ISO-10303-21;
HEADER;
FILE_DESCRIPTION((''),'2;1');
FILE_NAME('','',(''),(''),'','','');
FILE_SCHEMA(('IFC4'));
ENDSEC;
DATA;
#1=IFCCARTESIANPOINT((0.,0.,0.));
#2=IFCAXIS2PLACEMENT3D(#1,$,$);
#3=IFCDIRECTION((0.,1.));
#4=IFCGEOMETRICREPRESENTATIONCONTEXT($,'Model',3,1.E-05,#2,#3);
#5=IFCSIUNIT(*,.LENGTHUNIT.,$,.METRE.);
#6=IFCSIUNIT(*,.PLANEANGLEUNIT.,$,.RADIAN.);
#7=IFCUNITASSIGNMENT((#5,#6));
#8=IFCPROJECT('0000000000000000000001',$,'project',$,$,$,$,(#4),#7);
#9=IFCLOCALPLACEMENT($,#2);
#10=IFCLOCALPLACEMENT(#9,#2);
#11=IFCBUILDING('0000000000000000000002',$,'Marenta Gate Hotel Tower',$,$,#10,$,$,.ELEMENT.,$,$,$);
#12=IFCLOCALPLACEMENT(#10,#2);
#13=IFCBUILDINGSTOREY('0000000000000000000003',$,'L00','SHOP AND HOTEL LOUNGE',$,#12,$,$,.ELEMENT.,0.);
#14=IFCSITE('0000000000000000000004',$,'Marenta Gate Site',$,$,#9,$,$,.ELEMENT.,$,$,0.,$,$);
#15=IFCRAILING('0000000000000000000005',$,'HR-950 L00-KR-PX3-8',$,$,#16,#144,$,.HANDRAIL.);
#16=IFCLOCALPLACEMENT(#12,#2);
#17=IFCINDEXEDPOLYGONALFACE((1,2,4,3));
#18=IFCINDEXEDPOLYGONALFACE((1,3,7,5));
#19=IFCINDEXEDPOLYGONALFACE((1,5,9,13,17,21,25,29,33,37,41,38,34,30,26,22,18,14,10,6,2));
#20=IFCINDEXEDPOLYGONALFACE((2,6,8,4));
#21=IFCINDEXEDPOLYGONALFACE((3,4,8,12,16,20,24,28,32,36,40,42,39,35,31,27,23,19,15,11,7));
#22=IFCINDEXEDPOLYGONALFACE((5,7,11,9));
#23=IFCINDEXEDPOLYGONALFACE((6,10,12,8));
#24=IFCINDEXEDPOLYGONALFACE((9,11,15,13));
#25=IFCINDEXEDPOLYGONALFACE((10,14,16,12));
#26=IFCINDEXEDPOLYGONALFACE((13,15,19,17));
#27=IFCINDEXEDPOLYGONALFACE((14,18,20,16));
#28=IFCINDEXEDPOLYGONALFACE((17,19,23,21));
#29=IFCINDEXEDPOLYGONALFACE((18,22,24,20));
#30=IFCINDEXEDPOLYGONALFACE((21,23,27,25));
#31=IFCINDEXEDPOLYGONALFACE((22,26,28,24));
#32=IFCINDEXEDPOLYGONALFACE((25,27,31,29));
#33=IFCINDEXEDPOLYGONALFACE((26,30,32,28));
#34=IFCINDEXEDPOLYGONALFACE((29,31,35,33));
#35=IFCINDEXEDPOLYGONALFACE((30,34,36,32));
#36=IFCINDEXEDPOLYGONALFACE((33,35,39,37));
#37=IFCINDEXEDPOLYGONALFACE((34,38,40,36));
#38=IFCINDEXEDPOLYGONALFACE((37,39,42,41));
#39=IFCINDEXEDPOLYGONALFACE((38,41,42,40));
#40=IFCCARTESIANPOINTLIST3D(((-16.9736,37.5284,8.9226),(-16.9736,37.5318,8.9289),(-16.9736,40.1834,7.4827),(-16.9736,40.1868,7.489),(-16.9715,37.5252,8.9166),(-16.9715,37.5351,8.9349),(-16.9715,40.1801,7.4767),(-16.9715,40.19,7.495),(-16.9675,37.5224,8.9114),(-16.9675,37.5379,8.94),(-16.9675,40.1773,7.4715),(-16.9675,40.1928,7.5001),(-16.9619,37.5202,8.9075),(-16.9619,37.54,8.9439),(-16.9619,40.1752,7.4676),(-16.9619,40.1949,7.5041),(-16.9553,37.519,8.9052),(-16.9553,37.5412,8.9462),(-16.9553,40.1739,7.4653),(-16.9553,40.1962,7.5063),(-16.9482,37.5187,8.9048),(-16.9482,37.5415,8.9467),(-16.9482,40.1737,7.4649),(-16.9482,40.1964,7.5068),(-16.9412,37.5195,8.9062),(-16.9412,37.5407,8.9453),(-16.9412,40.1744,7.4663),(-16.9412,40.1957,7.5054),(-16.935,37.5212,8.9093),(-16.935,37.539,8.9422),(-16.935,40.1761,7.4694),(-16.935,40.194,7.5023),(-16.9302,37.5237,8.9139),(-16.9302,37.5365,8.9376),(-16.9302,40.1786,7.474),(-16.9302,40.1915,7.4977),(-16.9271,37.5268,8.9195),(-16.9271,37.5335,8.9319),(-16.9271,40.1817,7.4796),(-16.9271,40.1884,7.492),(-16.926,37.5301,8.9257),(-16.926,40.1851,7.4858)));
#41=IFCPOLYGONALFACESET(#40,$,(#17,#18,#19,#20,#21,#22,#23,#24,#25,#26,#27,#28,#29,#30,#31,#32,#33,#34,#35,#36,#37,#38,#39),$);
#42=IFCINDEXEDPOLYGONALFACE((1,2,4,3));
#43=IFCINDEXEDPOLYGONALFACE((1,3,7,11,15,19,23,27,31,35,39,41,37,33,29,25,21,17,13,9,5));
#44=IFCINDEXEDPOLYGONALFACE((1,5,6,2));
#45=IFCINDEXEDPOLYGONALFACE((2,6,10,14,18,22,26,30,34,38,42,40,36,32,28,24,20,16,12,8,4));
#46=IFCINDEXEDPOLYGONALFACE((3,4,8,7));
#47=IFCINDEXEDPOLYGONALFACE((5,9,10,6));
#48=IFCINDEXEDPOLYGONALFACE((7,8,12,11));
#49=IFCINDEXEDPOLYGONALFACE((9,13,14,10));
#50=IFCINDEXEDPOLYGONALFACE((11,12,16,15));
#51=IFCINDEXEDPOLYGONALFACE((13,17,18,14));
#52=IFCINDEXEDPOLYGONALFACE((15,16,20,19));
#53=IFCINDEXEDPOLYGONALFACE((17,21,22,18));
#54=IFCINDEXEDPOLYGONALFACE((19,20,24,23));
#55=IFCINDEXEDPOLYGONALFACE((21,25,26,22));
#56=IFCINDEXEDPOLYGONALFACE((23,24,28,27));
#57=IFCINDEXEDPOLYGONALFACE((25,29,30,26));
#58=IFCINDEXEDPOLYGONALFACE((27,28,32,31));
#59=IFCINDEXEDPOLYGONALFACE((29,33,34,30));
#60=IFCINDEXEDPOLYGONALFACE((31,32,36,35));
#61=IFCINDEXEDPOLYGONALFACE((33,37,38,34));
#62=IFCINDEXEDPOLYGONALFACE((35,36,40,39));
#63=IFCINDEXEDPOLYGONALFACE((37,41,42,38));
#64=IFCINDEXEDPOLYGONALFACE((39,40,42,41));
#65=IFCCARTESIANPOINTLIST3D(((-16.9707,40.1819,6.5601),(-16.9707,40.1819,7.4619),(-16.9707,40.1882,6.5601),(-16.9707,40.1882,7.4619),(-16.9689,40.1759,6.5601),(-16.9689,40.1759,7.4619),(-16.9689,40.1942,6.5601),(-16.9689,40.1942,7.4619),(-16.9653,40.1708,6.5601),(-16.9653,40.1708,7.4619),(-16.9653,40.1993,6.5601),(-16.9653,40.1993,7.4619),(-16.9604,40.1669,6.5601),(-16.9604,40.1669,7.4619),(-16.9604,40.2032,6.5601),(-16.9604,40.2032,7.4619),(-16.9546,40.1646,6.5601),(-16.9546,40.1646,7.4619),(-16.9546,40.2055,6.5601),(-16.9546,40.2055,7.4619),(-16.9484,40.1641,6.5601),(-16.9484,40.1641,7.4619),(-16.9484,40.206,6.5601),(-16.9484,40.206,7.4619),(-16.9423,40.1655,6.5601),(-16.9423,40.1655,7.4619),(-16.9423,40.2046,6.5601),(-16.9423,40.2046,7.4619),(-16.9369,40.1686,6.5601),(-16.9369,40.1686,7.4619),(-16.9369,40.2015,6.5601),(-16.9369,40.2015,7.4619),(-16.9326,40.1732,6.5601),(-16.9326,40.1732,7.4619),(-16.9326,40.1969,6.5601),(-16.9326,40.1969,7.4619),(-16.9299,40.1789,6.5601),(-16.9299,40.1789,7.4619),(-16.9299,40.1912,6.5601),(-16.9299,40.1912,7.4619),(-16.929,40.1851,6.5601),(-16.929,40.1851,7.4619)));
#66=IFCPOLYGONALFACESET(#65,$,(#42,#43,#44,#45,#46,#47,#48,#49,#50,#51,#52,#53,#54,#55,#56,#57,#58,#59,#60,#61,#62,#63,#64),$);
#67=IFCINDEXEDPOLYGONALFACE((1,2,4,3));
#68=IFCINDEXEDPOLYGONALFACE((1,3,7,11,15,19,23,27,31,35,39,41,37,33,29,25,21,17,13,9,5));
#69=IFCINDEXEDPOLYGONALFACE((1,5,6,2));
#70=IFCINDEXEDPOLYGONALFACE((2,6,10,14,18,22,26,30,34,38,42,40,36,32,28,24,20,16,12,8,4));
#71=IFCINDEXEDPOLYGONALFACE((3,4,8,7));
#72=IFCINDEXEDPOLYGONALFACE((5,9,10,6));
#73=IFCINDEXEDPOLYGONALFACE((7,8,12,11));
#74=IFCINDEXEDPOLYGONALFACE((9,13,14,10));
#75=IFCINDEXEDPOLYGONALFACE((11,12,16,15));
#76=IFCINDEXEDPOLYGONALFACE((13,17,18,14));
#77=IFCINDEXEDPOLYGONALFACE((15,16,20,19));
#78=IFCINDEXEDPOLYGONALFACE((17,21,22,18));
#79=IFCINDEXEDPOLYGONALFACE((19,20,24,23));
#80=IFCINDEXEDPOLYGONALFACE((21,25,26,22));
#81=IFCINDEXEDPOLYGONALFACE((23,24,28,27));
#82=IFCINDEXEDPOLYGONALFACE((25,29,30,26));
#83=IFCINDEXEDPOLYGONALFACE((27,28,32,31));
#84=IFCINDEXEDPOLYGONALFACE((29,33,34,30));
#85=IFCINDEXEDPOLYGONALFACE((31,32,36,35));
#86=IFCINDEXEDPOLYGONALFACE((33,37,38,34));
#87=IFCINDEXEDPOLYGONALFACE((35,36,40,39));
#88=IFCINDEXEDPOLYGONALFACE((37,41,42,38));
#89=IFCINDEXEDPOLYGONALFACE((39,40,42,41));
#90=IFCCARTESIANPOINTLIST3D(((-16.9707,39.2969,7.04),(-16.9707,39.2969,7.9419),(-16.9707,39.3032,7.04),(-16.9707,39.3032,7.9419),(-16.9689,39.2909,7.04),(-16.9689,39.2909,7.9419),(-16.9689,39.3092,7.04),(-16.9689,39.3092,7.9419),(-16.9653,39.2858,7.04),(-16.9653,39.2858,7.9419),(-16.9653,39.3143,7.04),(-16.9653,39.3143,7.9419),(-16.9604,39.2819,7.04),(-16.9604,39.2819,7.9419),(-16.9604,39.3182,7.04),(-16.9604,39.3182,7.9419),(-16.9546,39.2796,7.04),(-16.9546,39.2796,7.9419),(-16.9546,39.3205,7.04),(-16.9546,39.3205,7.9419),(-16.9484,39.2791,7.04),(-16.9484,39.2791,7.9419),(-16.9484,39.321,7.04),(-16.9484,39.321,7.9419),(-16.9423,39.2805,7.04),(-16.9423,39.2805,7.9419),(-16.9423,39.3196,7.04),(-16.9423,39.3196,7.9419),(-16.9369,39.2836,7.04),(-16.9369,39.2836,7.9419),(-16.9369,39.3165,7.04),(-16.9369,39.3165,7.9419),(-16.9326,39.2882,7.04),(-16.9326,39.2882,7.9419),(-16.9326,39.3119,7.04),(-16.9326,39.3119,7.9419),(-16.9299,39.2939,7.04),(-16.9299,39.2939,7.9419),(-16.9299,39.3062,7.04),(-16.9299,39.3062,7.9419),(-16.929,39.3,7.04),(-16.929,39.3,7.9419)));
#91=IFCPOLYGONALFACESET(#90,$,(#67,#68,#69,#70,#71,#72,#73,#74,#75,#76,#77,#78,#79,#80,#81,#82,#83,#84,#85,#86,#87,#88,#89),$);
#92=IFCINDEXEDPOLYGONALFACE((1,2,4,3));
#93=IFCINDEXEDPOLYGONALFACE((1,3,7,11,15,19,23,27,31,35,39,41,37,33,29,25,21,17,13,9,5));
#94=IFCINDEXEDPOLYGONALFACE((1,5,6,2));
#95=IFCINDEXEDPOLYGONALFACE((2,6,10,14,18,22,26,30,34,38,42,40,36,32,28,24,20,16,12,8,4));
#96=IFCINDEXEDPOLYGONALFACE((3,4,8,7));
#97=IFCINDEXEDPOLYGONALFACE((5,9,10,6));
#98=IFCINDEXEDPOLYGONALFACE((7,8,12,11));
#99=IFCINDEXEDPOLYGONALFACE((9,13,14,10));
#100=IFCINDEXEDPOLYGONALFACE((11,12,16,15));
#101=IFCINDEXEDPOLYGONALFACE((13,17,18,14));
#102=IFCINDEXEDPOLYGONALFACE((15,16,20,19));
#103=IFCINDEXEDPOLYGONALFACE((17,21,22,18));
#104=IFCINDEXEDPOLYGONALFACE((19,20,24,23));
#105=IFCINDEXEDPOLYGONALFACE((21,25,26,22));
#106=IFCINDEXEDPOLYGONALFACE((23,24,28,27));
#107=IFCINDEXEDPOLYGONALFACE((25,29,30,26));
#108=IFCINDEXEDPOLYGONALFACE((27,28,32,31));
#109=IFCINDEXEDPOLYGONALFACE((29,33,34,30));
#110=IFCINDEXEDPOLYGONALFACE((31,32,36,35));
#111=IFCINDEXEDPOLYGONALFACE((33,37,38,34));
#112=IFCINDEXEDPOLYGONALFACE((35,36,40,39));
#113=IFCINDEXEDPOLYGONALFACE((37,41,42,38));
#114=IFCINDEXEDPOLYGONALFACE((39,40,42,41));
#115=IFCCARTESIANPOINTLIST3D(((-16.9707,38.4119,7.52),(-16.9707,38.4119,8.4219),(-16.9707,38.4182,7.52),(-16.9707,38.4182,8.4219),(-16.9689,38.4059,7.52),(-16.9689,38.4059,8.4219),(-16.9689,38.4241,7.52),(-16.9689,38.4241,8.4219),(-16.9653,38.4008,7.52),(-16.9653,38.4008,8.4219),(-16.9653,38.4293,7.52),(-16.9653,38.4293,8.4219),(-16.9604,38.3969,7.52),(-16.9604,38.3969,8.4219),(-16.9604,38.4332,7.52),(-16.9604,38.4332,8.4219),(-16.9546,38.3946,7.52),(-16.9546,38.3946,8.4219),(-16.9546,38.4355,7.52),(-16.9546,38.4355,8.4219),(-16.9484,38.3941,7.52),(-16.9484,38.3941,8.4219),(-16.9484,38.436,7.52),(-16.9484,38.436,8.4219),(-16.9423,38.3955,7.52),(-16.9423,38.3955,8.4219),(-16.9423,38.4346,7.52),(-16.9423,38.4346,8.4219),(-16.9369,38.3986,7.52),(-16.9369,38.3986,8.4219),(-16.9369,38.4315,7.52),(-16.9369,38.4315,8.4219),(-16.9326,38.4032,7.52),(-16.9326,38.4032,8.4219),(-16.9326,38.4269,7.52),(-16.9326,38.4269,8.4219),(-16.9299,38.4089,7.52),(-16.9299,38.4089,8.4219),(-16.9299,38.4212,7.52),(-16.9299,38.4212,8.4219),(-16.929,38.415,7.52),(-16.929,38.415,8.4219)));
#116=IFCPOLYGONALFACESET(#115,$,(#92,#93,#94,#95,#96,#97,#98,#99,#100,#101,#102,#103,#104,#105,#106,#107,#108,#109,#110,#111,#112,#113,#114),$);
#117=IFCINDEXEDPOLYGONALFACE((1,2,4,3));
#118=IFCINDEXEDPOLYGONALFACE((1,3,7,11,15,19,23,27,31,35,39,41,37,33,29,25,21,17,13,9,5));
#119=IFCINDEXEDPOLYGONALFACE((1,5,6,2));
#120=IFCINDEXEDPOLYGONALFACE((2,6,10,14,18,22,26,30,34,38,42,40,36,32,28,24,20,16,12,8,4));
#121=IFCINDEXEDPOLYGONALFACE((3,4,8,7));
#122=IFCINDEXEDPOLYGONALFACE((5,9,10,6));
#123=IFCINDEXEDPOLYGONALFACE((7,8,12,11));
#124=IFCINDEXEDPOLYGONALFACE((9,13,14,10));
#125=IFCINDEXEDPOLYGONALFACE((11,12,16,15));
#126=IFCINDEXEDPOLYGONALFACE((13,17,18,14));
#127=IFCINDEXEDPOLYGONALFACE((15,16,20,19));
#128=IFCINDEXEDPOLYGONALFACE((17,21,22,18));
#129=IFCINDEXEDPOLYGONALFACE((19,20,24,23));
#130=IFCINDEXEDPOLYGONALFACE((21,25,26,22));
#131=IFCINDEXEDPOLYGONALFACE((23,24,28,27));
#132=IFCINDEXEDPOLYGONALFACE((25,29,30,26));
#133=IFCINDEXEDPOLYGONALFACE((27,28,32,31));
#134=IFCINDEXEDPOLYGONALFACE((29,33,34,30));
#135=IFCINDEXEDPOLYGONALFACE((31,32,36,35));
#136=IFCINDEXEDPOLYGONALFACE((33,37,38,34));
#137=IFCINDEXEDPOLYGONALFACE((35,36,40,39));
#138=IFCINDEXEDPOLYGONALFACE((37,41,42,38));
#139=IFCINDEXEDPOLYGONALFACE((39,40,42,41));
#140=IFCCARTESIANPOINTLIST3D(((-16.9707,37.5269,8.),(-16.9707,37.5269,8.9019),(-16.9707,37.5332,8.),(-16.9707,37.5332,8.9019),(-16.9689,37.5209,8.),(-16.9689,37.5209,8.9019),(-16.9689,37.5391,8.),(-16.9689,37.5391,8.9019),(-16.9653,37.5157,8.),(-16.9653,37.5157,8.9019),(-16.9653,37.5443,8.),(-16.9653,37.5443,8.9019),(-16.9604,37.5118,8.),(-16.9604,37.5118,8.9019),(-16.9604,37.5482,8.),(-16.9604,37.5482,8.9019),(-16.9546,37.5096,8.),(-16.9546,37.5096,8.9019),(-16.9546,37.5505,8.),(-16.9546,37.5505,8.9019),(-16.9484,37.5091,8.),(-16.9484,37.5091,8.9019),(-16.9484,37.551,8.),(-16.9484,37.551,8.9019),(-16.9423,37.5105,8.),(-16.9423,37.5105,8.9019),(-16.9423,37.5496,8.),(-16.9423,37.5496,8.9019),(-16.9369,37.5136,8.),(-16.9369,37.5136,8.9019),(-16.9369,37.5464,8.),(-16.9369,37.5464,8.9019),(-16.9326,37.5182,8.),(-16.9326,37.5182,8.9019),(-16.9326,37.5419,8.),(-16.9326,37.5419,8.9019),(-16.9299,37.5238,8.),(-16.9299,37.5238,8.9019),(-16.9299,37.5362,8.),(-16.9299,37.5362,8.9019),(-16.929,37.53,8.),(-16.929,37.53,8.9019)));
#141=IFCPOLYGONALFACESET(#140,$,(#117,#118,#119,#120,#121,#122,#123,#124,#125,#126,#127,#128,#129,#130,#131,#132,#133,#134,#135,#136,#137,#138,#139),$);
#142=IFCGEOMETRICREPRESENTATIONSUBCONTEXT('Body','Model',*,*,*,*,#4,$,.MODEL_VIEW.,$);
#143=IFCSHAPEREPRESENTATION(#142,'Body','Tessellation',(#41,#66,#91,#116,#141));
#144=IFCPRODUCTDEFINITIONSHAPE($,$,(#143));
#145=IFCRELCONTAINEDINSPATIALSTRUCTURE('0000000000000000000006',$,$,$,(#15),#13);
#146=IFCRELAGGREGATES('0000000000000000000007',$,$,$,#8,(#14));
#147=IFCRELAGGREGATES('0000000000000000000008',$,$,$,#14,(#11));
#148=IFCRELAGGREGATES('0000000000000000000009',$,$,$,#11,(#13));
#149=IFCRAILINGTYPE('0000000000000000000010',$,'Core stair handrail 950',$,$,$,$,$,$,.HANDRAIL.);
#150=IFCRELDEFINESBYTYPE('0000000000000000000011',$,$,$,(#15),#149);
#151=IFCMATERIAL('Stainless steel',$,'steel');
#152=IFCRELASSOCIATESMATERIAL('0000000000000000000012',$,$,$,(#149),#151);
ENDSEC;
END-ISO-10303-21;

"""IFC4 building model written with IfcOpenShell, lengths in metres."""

from ifc_helpers import new_model, si_unit, direction, frame, origin, origin_2d, place, context, subcontext, project, spatial, circle, extrude, material, type_object, element, save


model = new_model("IFC4")

# Units and contexts
model_context = context("Model", 3, precision=1e-05, world=origin(), true_north=direction((0.0, 1.0)))
body_context = subcontext(model_context, "Body", "Model", "MODEL_VIEW")
ifc_project = project(units=[si_unit("LENGTHUNIT", "METRE"), si_unit("PLANEANGLEUNIT", "RADIAN")], contexts=[model_context])

# Site, building, storey
site_placement = place(None, origin())
site = spatial("IfcSite", under=ifc_project, at=site_placement, Name="Marenta Gate Site", CompositionType="ELEMENT", RefElevation=0.0)
building_placement = place(site_placement, origin())
building = spatial("IfcBuilding", under=site, at=building_placement, Name="Marenta Gate Hotel Tower", CompositionType="ELEMENT")
storey_placement = place(building_placement, origin())
storey = spatial("IfcBuildingStorey", under=building, at=storey_placement, Name="L00", Description="SHOP AND HOTEL LOUNGE", CompositionType="ELEMENT", Elevation=0.0)

# Railing
ifc_material_1 = material(Name="Stainless steel", Category="steel")
railing_type_1 = type_object("IfcRailingType", Name="Core stair handrail 950", PredefinedType="HANDRAIL", material=ifc_material_1)
railing_1_placement = place(storey_placement, frame((-16.95, 40.1851, 6.5601)))
element("IfcRailing", 1, at=railing_1_placement, inside=storey, type_object=railing_type_1, Name="HR-950 L00-KR-PX3-8", PredefinedType="HANDRAIL", context=body_context, shape_type="SweptSolid", body=[
    extrude(circle(Radius=0.0239, at=origin_2d()), frame((0.0, 0.0, 0.9258), z_axis=(0.0, -0.879042, 0.476744), x_axis=(1.0, 0.0, 0.0)), (0.0, 0.0, 1.0), 3.0203),
    extrude(circle(Radius=0.021, at=origin_2d()), origin(), (0.0, 0.0, 1.0), 0.9019),
    extrude(circle(Radius=0.021, at=origin_2d()), frame((0.0, -0.885, 0.48)), (0.0, 0.0, 1.0), 0.9019),
    extrude(circle(Radius=0.021, at=origin_2d()), frame((0.0, -1.77, 0.96)), (0.0, 0.0, 1.0), 0.9019),
    extrude(circle(Radius=0.021, at=origin_2d()), frame((0.0, -2.655, 1.4399)), (0.0, 0.0, 1.0), 0.9019),
])

save(model, "model.ifc")
